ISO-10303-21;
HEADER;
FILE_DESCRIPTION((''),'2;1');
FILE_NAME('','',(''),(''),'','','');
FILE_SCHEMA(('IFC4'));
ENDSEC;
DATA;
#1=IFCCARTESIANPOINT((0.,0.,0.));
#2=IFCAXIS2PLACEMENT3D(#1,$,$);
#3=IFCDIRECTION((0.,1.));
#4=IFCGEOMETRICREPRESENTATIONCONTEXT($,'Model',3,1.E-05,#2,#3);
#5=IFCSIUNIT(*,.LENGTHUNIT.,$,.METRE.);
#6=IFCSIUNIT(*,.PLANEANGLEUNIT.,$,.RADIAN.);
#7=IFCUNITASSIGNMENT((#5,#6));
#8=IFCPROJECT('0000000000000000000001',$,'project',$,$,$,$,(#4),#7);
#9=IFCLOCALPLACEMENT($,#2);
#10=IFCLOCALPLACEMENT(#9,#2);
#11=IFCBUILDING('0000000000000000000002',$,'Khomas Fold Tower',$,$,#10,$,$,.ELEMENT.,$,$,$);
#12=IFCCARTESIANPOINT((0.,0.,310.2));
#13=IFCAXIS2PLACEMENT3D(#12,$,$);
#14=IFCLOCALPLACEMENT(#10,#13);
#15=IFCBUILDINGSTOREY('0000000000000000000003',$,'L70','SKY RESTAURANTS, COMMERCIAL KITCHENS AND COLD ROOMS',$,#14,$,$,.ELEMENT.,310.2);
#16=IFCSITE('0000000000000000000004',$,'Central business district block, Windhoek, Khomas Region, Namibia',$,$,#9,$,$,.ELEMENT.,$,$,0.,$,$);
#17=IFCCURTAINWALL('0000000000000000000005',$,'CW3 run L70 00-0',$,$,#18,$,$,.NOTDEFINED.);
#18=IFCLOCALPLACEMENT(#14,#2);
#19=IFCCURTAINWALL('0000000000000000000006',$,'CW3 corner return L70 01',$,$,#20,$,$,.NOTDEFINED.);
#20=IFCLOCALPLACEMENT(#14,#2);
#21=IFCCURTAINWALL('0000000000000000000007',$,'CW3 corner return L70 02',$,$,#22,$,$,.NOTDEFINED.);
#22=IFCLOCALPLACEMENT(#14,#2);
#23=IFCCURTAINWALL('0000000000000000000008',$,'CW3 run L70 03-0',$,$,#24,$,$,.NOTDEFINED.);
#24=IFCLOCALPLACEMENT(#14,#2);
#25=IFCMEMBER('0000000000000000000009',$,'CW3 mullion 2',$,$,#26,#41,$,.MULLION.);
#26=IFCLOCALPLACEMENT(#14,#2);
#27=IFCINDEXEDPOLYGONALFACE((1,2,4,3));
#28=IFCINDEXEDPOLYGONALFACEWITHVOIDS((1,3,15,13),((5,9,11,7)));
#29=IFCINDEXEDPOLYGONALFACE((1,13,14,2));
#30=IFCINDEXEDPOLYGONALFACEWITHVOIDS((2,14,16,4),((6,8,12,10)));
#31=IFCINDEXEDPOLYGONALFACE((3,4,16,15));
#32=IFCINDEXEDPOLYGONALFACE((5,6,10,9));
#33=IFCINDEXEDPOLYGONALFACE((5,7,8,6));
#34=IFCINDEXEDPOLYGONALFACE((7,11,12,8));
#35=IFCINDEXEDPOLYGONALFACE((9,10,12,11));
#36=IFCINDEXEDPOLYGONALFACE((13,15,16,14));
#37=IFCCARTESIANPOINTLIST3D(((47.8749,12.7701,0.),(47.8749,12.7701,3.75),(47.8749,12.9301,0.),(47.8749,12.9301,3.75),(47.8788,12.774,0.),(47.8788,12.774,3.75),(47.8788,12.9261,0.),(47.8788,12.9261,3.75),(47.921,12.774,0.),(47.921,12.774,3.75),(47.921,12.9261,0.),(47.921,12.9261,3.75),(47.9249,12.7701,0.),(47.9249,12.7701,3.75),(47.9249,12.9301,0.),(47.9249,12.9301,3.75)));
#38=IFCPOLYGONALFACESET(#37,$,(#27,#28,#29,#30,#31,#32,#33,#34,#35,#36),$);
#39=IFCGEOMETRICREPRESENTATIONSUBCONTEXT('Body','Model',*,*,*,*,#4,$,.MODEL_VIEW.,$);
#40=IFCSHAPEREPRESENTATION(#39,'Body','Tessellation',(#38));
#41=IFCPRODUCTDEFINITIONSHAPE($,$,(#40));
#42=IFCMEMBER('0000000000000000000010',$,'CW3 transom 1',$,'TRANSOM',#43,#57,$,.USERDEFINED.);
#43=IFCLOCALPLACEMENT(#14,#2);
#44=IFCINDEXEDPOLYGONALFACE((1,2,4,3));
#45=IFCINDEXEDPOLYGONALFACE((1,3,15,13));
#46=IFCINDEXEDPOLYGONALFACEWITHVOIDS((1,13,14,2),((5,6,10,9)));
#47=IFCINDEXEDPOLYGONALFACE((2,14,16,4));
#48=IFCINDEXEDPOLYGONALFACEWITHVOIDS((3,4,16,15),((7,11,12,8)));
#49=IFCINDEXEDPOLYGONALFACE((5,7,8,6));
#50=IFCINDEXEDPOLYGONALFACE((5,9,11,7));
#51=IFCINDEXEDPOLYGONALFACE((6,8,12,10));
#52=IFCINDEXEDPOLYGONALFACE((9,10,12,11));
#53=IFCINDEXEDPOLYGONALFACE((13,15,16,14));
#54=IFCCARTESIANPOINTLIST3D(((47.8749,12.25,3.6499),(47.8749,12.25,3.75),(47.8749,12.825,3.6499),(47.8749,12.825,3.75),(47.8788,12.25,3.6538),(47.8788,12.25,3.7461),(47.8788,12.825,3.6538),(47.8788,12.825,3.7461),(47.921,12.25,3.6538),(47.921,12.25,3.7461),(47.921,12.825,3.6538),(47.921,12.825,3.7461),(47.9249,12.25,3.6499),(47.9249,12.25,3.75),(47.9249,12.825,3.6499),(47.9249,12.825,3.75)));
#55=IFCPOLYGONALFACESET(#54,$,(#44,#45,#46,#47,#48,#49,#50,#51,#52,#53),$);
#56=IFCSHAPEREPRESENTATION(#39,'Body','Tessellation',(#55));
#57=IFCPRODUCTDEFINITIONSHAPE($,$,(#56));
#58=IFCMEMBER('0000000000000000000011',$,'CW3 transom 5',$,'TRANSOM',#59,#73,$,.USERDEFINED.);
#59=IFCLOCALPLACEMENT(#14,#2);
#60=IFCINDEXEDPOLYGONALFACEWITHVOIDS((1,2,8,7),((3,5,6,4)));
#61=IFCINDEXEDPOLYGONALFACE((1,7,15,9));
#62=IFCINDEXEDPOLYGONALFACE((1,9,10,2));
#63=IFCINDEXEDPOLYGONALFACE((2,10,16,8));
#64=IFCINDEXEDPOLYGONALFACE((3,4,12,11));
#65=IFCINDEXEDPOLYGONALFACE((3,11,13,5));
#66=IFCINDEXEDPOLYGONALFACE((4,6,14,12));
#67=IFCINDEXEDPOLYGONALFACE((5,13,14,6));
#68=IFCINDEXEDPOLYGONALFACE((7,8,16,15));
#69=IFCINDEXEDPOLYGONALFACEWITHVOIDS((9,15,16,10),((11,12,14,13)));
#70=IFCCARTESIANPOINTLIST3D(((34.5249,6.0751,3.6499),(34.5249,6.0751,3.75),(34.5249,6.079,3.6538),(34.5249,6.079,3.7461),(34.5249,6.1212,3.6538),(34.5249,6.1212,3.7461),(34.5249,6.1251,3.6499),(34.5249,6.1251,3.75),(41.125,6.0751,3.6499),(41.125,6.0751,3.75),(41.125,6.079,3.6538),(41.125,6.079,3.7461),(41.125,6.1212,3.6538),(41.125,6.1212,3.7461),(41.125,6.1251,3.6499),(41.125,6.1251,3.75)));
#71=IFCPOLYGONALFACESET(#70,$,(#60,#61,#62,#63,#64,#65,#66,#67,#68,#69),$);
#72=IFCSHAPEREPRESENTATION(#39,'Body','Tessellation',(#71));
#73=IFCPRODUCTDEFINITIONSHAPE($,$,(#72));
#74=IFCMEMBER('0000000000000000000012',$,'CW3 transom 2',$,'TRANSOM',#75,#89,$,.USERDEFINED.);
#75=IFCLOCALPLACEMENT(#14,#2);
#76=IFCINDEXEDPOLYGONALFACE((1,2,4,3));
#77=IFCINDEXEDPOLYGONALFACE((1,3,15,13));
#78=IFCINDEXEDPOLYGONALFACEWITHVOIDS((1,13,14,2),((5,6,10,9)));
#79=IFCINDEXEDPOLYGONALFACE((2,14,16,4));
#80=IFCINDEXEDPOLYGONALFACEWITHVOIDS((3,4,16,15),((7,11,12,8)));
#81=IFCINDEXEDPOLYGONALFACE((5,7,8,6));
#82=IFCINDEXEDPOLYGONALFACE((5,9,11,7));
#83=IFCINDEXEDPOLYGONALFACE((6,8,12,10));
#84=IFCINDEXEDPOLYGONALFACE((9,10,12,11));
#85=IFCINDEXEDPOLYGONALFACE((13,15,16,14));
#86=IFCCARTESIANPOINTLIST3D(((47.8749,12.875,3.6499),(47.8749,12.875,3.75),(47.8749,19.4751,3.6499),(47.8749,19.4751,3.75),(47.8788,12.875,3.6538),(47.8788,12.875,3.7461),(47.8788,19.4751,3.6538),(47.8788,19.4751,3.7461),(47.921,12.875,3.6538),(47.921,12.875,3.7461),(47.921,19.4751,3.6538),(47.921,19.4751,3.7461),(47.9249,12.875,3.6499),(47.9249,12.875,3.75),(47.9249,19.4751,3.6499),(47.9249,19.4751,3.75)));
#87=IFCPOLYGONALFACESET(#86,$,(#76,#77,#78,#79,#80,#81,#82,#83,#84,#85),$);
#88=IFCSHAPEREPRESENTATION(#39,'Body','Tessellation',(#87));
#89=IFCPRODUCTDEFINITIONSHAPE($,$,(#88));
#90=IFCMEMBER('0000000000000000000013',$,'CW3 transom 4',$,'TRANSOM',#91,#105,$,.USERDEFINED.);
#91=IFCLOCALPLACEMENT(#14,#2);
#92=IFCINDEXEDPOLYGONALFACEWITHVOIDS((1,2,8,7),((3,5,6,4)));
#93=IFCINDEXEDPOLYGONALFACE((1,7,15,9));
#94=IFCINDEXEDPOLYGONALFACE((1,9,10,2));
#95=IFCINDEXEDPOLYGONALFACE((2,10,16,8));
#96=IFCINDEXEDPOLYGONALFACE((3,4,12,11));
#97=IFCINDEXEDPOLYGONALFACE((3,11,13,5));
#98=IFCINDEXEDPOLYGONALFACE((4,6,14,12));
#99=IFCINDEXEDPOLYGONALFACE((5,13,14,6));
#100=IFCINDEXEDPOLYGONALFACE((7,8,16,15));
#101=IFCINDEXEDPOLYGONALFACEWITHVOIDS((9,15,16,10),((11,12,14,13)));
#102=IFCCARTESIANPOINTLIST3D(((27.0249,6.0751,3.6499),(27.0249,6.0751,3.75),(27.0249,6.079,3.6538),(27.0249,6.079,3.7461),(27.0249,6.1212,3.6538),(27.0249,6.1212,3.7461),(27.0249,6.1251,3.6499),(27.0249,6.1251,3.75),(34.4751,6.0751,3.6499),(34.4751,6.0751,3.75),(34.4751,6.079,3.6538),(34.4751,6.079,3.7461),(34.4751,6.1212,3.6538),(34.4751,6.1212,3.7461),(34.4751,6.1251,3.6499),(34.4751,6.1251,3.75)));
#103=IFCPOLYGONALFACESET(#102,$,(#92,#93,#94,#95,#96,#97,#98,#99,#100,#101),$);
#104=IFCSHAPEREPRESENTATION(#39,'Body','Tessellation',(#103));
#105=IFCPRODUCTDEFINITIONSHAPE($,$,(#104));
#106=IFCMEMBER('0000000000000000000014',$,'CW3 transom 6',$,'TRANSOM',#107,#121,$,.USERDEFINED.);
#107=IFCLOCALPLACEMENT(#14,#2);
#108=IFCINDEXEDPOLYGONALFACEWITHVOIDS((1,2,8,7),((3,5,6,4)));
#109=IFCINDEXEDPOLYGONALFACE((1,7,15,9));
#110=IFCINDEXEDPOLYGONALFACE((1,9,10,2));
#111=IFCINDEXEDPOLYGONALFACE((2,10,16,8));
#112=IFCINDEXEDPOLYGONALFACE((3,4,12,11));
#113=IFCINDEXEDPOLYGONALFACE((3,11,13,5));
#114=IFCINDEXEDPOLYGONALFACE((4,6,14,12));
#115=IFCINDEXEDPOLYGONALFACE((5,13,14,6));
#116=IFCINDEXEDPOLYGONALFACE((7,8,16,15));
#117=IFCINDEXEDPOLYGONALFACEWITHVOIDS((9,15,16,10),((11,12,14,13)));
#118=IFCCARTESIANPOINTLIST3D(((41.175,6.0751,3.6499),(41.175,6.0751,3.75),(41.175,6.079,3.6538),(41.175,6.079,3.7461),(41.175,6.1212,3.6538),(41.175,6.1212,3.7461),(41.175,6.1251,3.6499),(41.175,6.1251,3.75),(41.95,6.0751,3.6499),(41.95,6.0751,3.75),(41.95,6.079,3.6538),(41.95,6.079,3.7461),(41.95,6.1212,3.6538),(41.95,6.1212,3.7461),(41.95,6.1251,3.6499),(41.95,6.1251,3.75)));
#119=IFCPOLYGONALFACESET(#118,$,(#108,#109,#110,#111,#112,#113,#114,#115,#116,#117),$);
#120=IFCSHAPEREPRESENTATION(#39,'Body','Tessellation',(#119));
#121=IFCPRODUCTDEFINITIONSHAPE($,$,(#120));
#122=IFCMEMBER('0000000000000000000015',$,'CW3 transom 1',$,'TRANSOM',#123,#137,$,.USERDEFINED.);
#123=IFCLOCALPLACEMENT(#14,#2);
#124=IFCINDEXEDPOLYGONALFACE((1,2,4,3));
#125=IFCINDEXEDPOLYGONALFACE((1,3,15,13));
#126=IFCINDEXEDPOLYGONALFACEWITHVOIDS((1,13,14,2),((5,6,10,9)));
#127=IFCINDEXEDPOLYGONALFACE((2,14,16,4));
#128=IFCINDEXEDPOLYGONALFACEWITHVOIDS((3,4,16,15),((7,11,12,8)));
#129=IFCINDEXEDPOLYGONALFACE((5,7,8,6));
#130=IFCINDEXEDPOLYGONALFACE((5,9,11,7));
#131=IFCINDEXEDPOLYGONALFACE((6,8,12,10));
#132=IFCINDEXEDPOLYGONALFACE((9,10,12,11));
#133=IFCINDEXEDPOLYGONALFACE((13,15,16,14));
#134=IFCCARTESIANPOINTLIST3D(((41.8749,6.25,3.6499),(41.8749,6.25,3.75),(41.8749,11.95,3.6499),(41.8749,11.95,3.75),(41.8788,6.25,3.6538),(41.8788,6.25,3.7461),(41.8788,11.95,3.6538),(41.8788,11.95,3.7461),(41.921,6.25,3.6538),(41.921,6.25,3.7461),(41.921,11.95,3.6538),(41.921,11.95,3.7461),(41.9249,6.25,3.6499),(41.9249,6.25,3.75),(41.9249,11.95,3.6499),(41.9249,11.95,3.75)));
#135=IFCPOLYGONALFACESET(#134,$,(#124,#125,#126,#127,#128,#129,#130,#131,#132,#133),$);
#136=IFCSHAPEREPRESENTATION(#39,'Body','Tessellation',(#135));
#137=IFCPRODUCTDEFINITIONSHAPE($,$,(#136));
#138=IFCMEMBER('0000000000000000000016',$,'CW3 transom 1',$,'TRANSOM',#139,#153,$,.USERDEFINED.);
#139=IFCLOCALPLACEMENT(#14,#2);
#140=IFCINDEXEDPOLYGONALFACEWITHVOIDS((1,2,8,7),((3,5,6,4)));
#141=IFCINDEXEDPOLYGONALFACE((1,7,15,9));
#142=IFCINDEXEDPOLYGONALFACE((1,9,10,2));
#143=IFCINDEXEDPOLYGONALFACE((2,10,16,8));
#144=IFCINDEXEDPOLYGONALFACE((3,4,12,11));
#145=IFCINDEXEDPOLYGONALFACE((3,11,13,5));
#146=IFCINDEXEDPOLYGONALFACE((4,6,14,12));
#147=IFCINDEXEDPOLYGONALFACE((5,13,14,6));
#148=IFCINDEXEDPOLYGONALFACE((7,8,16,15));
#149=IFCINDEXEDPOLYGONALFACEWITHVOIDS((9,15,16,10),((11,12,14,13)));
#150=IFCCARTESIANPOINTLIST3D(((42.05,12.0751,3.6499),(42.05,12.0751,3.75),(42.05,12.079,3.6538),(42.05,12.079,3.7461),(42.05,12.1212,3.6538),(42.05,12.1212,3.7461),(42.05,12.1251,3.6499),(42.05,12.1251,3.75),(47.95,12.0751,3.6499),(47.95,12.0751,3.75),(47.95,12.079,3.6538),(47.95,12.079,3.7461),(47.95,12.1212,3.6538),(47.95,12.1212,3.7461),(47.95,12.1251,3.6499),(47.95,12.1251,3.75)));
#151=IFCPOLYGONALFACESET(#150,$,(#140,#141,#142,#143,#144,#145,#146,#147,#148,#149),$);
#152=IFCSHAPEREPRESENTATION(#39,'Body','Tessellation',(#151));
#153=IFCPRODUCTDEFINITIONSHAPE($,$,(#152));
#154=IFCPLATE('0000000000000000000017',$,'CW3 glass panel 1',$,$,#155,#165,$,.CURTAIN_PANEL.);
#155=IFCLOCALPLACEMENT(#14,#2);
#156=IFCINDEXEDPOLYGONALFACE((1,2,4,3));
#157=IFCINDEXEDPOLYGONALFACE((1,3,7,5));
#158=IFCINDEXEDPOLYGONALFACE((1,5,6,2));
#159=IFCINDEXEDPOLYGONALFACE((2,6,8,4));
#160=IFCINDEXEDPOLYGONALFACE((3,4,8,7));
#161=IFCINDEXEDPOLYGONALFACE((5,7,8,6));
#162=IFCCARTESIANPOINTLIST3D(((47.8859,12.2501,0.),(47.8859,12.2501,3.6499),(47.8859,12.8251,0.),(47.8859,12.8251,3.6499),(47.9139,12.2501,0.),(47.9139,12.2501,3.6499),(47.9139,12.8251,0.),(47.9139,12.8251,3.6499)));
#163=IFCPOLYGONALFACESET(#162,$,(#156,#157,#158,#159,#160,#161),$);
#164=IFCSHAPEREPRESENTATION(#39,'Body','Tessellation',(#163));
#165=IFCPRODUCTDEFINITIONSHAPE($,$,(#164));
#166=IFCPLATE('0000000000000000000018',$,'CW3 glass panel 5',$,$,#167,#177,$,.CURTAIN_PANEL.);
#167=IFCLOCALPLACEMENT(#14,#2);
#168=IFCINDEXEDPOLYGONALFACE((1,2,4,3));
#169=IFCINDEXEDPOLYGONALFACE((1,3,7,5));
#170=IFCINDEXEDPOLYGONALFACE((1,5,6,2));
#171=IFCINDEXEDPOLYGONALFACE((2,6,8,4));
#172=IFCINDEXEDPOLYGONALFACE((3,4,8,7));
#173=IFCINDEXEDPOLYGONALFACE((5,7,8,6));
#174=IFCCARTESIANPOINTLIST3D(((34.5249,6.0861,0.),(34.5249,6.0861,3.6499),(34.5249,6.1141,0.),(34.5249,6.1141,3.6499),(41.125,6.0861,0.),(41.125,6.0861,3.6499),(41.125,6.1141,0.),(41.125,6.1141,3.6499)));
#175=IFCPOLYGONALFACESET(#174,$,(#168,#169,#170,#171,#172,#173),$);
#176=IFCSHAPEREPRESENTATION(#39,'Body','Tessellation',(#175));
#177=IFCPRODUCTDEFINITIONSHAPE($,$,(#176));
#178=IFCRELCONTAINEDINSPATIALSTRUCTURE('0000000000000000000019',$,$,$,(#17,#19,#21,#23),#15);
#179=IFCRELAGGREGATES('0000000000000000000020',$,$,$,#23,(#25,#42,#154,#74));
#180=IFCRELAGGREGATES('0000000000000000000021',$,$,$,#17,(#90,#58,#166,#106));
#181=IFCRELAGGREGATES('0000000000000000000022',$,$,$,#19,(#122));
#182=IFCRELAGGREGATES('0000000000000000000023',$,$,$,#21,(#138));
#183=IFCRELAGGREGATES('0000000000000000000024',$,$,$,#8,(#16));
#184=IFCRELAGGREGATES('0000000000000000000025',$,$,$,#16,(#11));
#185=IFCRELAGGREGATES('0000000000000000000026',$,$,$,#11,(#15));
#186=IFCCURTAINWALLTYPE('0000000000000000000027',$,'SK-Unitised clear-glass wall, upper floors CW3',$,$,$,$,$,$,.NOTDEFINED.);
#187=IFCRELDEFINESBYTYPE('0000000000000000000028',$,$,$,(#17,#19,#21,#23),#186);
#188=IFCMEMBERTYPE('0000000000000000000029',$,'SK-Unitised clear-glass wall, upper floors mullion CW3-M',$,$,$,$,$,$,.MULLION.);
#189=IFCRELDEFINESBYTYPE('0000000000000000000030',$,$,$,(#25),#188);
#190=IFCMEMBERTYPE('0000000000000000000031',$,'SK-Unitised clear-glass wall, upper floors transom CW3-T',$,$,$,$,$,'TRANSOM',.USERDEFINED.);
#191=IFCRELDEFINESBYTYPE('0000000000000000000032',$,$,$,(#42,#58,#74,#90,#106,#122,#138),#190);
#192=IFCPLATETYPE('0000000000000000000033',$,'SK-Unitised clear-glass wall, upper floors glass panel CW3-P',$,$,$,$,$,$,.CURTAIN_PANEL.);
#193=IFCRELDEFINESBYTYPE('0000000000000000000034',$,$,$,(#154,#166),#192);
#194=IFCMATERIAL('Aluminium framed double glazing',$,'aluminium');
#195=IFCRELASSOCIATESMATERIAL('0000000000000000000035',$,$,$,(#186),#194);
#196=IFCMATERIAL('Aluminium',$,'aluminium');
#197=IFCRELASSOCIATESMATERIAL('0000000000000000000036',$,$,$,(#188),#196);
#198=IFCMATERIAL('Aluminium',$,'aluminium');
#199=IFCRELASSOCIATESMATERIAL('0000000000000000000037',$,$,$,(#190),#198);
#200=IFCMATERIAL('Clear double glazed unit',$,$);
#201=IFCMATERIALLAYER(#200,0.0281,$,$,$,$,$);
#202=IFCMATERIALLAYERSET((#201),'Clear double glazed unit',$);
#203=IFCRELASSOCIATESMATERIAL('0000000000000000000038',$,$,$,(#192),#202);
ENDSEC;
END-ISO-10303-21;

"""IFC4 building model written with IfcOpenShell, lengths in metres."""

from ifc_helpers import new_model, si_unit, direction, frame, origin, origin_2d, place, context, subcontext, project, spatial, rectangle, hollow_rectangle, extrude, source, transform, mapped, material, layer, layer_set, material_profile, profile_set, type_object, element, aggregate, save


model = new_model("IFC4")

# Units and contexts
model_context = context("Model", 3, precision=1e-05, world=origin(), true_north=direction((0.0, 1.0)))
body_context = subcontext(model_context, "Body", "Model", "MODEL_VIEW")
ifc_project = project(units=[si_unit("LENGTHUNIT", "METRE"), si_unit("PLANEANGLEUNIT", "RADIAN")], contexts=[model_context])

# Site, building, storey
site_placement = place(None, origin())
site = spatial("IfcSite", under=ifc_project, at=site_placement, Name="Central business district block, Windhoek, Khomas Region, Namibia", CompositionType="ELEMENT", RefElevation=0.0)
building_placement = place(site_placement, origin())
building = spatial("IfcBuilding", under=site, at=building_placement, Name="Khomas Fold Tower", CompositionType="ELEMENT")
storey_placement = place(building_placement, frame((0.0, 0.0, 310.2)))
storey = spatial("IfcBuildingStorey", under=building, at=storey_placement, Name="L70", Description="SKY RESTAURANTS, COMMERCIAL KITCHENS AND COLD ROOMS", CompositionType="ELEMENT", Elevation=310.2)

# Curtain walls, members
ifc_material_1 = material(Name="Aluminium framed double glazing", Category="aluminium")
curtain_wall_type = type_object("IfcCurtainWallType", Name="SK-Unitised clear-glass wall, upper floors CW3", PredefinedType="NOTDEFINED", material=ifc_material_1)
curtain_wall_1_placement = place(storey_placement, origin())
curtain_wall_1 = element("IfcCurtainWall", 1, at=curtain_wall_1_placement, inside=storey, type_object=curtain_wall_type, Name="CW3 run L70 00-0", PredefinedType="NOTDEFINED")
ifc_material_2 = material(Name="Aluminium", Category="aluminium")
ifc_material_profile_1 = material_profile(ifc_material_2, hollow_rectangle(XDim=0.05, YDim=0.1599, WallThickness=0.0039, at=origin_2d()), Name="SK-Unitised clear-glass wall, upper floors mullion CW3-M")
ifc_profile_set_1 = profile_set([ifc_material_profile_1], Name="Aluminium")
member_type_1 = type_object("IfcMemberType", Name="SK-Unitised clear-glass wall, upper floors mullion CW3-M", PredefinedType="MULLION", material=ifc_profile_set_1)
shared_shape_1 = source(origin(), body_context, "Body", "SweptSolid", [
    extrude(hollow_rectangle(XDim=0.05, YDim=0.1599, WallThickness=0.0039, at=origin_2d()), origin(), (0.0, 0.0, 1.0), 3.75),
])
curtain_wall_2_placement = place(storey_placement, origin())
curtain_wall_2 = element("IfcCurtainWall", 2, at=curtain_wall_2_placement, inside=storey, type_object=curtain_wall_type, Name="CW3 corner return L70 01", PredefinedType="NOTDEFINED")
curtain_wall_3_placement = place(storey_placement, origin())
curtain_wall_3 = element("IfcCurtainWall", 3, at=curtain_wall_3_placement, inside=storey, type_object=curtain_wall_type, Name="CW3 corner return L70 02", PredefinedType="NOTDEFINED")
curtain_wall_4_placement = place(storey_placement, origin())
curtain_wall_4 = element("IfcCurtainWall", 4, at=curtain_wall_4_placement, inside=storey, type_object=curtain_wall_type, Name="CW3 run L70 03-0", PredefinedType="NOTDEFINED")
member_1_placement = place(storey_placement, frame((47.8999, 12.8501, 0.0), z_axis=(0.0, 0.0, 1.0), x_axis=(-1.0, 0.0, 0.0)))
member_1 = element("IfcMember", 5, at=member_1_placement, type_object=member_type_1, Name="CW3 mullion 2", PredefinedType="MULLION", context=body_context, shape_type="MappedRepresentation", body=[
    mapped(shared_shape_1, transform((0.0, 0.0, 0.0))),
])
ifc_material_3 = material(Name="Aluminium", Category="aluminium")
ifc_material_profile_2 = material_profile(ifc_material_3, hollow_rectangle(XDim=0.05, YDim=0.1001, WallThickness=0.0039, at=origin_2d()), Name="SK-Unitised clear-glass wall, upper floors transom CW3-T")
ifc_profile_set_2 = profile_set([ifc_material_profile_2], Name="Aluminium")
member_type_2 = type_object("IfcMemberType", Name="SK-Unitised clear-glass wall, upper floors transom CW3-T", ElementType="TRANSOM", PredefinedType="USERDEFINED", material=ifc_profile_set_2)
shared_shape_2 = source(origin(), body_context, "Body", "SweptSolid", [
    extrude(hollow_rectangle(XDim=0.05, YDim=0.1001, WallThickness=0.0039, at=origin_2d()), origin(), (0.0, 0.0, 1.0), 0.575),
])
member_2_placement = place(storey_placement, frame((47.8999, 12.25, 3.7), z_axis=(0.0, 1.0, 0.0), x_axis=(-1.0, 0.0, 0.0)))
member_2 = element("IfcMember", 6, at=member_2_placement, type_object=member_type_2, Name="CW3 transom 1", ObjectType="TRANSOM", PredefinedType="USERDEFINED", context=body_context, shape_type="MappedRepresentation", body=[
    mapped(shared_shape_2, transform((0.0, 0.0, 0.0))),
])

# Members
shared_shape_3 = source(origin(), body_context, "Body", "SweptSolid", [
    extrude(hollow_rectangle(XDim=0.05, YDim=0.1001, WallThickness=0.0039, at=origin_2d()), origin(), (0.0, 0.0, 1.0), 6.6001),
])
member_3_placement = place(storey_placement, frame((34.5249, 6.1001, 3.7), z_axis=(1.0, 0.0, 0.0), x_axis=(0.0, 1.0, 0.0)))
member_3 = element("IfcMember", 7, at=member_3_placement, type_object=member_type_2, Name="CW3 transom 5", ObjectType="TRANSOM", PredefinedType="USERDEFINED", context=body_context, shape_type="MappedRepresentation", body=[
    mapped(shared_shape_3, transform((0.0, 0.0, 0.0))),
])
member_4_placement = place(storey_placement, frame((47.8999, 12.875, 3.7), z_axis=(0.0, 1.0, 0.0), x_axis=(-1.0, 0.0, 0.0)))
member_4 = element("IfcMember", 8, at=member_4_placement, type_object=member_type_2, Name="CW3 transom 2", ObjectType="TRANSOM", PredefinedType="USERDEFINED", context=body_context, shape_type="MappedRepresentation", body=[
    mapped(shared_shape_3, transform((0.0, 0.0, 0.0))),
])
shared_shape_4 = source(origin(), body_context, "Body", "SweptSolid", [
    extrude(hollow_rectangle(XDim=0.05, YDim=0.1001, WallThickness=0.0039, at=origin_2d()), origin(), (0.0, 0.0, 1.0), 7.4502),
])
member_5_placement = place(storey_placement, frame((27.0249, 6.1001, 3.7), z_axis=(1.0, 0.0, 0.0), x_axis=(0.0, 1.0, 0.0)))
member_5 = element("IfcMember", 9, at=member_5_placement, type_object=member_type_2, Name="CW3 transom 4", ObjectType="TRANSOM", PredefinedType="USERDEFINED", context=body_context, shape_type="MappedRepresentation", body=[
    mapped(shared_shape_4, transform((0.0, 0.0, 0.0))),
])
shared_shape_5 = source(origin(), body_context, "Body", "SweptSolid", [
    extrude(hollow_rectangle(XDim=0.05, YDim=0.1001, WallThickness=0.0039, at=origin_2d()), origin(), (0.0, 0.0, 1.0), 0.7749),
])
member_6_placement = place(storey_placement, frame((41.175, 6.1001, 3.7), z_axis=(1.0, 0.0, 0.0), x_axis=(0.0, 1.0, 0.0)))
member_6 = element("IfcMember", 10, at=member_6_placement, type_object=member_type_2, Name="CW3 transom 6", ObjectType="TRANSOM", PredefinedType="USERDEFINED", context=body_context, shape_type="MappedRepresentation", body=[
    mapped(shared_shape_5, transform((0.0, 0.0, 0.0))),
])
shared_shape_6 = source(origin(), body_context, "Body", "SweptSolid", [
    extrude(hollow_rectangle(XDim=0.05, YDim=0.1001, WallThickness=0.0039, at=origin_2d()), origin(), (0.0, 0.0, 1.0), 5.7),
])
member_7_placement = place(storey_placement, frame((41.8999, 6.25, 3.7), z_axis=(0.0, 1.0, 0.0), x_axis=(-1.0, 0.0, 0.0)))
member_7 = element("IfcMember", 11, at=member_7_placement, type_object=member_type_2, Name="CW3 transom 1", ObjectType="TRANSOM", PredefinedType="USERDEFINED", context=body_context, shape_type="MappedRepresentation", body=[
    mapped(shared_shape_6, transform((0.0, 0.0, 0.0))),
])
shared_shape_7 = source(origin(), body_context, "Body", "SweptSolid", [
    extrude(hollow_rectangle(XDim=0.05, YDim=0.1001, WallThickness=0.0039, at=origin_2d()), origin(), (0.0, 0.0, 1.0), 5.8999),
])
member_8_placement = place(storey_placement, frame((42.05, 12.1001, 3.7), z_axis=(1.0, 0.0, 0.0), x_axis=(0.0, 1.0, 0.0)))
member_8 = element("IfcMember", 12, at=member_8_placement, type_object=member_type_2, Name="CW3 transom 1", ObjectType="TRANSOM", PredefinedType="USERDEFINED", context=body_context, shape_type="MappedRepresentation", body=[
    mapped(shared_shape_7, transform((0.0, 0.0, 0.0))),
])

# Plates
ifc_material_4 = material(Name="Clear double glazed unit")
ifc_layer_1 = layer(ifc_material_4, 0.0281)
ifc_layer_set_1 = layer_set([ifc_layer_1], Name="Clear double glazed unit")
plate_type = type_object("IfcPlateType", Name="SK-Unitised clear-glass wall, upper floors glass panel CW3-P", PredefinedType="CURTAIN_PANEL", material=ifc_layer_set_1)
shared_shape_8 = source(origin(), body_context, "Body", "SweptSolid", [
    extrude(rectangle(XDim=0.575, YDim=0.0281, at=origin_2d()), origin(), (0.0, 0.0, 1.0), 3.6499),
])
plate_1_placement = place(storey_placement, frame((47.8999, 12.5376, 0.0), z_axis=(0.0, 0.0, 1.0), x_axis=(0.0, 1.0, 0.0)))
plate_1 = element("IfcPlate", 13, at=plate_1_placement, type_object=plate_type, Name="CW3 glass panel 1", PredefinedType="CURTAIN_PANEL", context=body_context, shape_type="MappedRepresentation", body=[
    mapped(shared_shape_8, transform((0.0, 0.0, 0.0))),
])
aggregate(curtain_wall_4, [member_1, member_2, plate_1, member_4])
shared_shape_9 = source(origin(), body_context, "Body", "SweptSolid", [
    extrude(rectangle(XDim=6.6001, YDim=0.0281, at=origin_2d()), origin(), (0.0, 0.0, 1.0), 3.6499),
])
plate_2_placement = place(storey_placement, frame((37.825, 6.1001, 0.0), z_axis=(0.0, 0.0, 1.0), x_axis=(1.0, 0.0, 0.0)))
plate_2 = element("IfcPlate", 14, at=plate_2_placement, type_object=plate_type, Name="CW3 glass panel 5", PredefinedType="CURTAIN_PANEL", context=body_context, shape_type="MappedRepresentation", body=[
    mapped(shared_shape_9, transform((0.0, 0.0, 0.0))),
])
aggregate(curtain_wall_1, [member_5, member_3, plate_2, member_6])
aggregate(curtain_wall_2, [member_7])
aggregate(curtain_wall_3, [member_8])

save(model, "model.ifc")
